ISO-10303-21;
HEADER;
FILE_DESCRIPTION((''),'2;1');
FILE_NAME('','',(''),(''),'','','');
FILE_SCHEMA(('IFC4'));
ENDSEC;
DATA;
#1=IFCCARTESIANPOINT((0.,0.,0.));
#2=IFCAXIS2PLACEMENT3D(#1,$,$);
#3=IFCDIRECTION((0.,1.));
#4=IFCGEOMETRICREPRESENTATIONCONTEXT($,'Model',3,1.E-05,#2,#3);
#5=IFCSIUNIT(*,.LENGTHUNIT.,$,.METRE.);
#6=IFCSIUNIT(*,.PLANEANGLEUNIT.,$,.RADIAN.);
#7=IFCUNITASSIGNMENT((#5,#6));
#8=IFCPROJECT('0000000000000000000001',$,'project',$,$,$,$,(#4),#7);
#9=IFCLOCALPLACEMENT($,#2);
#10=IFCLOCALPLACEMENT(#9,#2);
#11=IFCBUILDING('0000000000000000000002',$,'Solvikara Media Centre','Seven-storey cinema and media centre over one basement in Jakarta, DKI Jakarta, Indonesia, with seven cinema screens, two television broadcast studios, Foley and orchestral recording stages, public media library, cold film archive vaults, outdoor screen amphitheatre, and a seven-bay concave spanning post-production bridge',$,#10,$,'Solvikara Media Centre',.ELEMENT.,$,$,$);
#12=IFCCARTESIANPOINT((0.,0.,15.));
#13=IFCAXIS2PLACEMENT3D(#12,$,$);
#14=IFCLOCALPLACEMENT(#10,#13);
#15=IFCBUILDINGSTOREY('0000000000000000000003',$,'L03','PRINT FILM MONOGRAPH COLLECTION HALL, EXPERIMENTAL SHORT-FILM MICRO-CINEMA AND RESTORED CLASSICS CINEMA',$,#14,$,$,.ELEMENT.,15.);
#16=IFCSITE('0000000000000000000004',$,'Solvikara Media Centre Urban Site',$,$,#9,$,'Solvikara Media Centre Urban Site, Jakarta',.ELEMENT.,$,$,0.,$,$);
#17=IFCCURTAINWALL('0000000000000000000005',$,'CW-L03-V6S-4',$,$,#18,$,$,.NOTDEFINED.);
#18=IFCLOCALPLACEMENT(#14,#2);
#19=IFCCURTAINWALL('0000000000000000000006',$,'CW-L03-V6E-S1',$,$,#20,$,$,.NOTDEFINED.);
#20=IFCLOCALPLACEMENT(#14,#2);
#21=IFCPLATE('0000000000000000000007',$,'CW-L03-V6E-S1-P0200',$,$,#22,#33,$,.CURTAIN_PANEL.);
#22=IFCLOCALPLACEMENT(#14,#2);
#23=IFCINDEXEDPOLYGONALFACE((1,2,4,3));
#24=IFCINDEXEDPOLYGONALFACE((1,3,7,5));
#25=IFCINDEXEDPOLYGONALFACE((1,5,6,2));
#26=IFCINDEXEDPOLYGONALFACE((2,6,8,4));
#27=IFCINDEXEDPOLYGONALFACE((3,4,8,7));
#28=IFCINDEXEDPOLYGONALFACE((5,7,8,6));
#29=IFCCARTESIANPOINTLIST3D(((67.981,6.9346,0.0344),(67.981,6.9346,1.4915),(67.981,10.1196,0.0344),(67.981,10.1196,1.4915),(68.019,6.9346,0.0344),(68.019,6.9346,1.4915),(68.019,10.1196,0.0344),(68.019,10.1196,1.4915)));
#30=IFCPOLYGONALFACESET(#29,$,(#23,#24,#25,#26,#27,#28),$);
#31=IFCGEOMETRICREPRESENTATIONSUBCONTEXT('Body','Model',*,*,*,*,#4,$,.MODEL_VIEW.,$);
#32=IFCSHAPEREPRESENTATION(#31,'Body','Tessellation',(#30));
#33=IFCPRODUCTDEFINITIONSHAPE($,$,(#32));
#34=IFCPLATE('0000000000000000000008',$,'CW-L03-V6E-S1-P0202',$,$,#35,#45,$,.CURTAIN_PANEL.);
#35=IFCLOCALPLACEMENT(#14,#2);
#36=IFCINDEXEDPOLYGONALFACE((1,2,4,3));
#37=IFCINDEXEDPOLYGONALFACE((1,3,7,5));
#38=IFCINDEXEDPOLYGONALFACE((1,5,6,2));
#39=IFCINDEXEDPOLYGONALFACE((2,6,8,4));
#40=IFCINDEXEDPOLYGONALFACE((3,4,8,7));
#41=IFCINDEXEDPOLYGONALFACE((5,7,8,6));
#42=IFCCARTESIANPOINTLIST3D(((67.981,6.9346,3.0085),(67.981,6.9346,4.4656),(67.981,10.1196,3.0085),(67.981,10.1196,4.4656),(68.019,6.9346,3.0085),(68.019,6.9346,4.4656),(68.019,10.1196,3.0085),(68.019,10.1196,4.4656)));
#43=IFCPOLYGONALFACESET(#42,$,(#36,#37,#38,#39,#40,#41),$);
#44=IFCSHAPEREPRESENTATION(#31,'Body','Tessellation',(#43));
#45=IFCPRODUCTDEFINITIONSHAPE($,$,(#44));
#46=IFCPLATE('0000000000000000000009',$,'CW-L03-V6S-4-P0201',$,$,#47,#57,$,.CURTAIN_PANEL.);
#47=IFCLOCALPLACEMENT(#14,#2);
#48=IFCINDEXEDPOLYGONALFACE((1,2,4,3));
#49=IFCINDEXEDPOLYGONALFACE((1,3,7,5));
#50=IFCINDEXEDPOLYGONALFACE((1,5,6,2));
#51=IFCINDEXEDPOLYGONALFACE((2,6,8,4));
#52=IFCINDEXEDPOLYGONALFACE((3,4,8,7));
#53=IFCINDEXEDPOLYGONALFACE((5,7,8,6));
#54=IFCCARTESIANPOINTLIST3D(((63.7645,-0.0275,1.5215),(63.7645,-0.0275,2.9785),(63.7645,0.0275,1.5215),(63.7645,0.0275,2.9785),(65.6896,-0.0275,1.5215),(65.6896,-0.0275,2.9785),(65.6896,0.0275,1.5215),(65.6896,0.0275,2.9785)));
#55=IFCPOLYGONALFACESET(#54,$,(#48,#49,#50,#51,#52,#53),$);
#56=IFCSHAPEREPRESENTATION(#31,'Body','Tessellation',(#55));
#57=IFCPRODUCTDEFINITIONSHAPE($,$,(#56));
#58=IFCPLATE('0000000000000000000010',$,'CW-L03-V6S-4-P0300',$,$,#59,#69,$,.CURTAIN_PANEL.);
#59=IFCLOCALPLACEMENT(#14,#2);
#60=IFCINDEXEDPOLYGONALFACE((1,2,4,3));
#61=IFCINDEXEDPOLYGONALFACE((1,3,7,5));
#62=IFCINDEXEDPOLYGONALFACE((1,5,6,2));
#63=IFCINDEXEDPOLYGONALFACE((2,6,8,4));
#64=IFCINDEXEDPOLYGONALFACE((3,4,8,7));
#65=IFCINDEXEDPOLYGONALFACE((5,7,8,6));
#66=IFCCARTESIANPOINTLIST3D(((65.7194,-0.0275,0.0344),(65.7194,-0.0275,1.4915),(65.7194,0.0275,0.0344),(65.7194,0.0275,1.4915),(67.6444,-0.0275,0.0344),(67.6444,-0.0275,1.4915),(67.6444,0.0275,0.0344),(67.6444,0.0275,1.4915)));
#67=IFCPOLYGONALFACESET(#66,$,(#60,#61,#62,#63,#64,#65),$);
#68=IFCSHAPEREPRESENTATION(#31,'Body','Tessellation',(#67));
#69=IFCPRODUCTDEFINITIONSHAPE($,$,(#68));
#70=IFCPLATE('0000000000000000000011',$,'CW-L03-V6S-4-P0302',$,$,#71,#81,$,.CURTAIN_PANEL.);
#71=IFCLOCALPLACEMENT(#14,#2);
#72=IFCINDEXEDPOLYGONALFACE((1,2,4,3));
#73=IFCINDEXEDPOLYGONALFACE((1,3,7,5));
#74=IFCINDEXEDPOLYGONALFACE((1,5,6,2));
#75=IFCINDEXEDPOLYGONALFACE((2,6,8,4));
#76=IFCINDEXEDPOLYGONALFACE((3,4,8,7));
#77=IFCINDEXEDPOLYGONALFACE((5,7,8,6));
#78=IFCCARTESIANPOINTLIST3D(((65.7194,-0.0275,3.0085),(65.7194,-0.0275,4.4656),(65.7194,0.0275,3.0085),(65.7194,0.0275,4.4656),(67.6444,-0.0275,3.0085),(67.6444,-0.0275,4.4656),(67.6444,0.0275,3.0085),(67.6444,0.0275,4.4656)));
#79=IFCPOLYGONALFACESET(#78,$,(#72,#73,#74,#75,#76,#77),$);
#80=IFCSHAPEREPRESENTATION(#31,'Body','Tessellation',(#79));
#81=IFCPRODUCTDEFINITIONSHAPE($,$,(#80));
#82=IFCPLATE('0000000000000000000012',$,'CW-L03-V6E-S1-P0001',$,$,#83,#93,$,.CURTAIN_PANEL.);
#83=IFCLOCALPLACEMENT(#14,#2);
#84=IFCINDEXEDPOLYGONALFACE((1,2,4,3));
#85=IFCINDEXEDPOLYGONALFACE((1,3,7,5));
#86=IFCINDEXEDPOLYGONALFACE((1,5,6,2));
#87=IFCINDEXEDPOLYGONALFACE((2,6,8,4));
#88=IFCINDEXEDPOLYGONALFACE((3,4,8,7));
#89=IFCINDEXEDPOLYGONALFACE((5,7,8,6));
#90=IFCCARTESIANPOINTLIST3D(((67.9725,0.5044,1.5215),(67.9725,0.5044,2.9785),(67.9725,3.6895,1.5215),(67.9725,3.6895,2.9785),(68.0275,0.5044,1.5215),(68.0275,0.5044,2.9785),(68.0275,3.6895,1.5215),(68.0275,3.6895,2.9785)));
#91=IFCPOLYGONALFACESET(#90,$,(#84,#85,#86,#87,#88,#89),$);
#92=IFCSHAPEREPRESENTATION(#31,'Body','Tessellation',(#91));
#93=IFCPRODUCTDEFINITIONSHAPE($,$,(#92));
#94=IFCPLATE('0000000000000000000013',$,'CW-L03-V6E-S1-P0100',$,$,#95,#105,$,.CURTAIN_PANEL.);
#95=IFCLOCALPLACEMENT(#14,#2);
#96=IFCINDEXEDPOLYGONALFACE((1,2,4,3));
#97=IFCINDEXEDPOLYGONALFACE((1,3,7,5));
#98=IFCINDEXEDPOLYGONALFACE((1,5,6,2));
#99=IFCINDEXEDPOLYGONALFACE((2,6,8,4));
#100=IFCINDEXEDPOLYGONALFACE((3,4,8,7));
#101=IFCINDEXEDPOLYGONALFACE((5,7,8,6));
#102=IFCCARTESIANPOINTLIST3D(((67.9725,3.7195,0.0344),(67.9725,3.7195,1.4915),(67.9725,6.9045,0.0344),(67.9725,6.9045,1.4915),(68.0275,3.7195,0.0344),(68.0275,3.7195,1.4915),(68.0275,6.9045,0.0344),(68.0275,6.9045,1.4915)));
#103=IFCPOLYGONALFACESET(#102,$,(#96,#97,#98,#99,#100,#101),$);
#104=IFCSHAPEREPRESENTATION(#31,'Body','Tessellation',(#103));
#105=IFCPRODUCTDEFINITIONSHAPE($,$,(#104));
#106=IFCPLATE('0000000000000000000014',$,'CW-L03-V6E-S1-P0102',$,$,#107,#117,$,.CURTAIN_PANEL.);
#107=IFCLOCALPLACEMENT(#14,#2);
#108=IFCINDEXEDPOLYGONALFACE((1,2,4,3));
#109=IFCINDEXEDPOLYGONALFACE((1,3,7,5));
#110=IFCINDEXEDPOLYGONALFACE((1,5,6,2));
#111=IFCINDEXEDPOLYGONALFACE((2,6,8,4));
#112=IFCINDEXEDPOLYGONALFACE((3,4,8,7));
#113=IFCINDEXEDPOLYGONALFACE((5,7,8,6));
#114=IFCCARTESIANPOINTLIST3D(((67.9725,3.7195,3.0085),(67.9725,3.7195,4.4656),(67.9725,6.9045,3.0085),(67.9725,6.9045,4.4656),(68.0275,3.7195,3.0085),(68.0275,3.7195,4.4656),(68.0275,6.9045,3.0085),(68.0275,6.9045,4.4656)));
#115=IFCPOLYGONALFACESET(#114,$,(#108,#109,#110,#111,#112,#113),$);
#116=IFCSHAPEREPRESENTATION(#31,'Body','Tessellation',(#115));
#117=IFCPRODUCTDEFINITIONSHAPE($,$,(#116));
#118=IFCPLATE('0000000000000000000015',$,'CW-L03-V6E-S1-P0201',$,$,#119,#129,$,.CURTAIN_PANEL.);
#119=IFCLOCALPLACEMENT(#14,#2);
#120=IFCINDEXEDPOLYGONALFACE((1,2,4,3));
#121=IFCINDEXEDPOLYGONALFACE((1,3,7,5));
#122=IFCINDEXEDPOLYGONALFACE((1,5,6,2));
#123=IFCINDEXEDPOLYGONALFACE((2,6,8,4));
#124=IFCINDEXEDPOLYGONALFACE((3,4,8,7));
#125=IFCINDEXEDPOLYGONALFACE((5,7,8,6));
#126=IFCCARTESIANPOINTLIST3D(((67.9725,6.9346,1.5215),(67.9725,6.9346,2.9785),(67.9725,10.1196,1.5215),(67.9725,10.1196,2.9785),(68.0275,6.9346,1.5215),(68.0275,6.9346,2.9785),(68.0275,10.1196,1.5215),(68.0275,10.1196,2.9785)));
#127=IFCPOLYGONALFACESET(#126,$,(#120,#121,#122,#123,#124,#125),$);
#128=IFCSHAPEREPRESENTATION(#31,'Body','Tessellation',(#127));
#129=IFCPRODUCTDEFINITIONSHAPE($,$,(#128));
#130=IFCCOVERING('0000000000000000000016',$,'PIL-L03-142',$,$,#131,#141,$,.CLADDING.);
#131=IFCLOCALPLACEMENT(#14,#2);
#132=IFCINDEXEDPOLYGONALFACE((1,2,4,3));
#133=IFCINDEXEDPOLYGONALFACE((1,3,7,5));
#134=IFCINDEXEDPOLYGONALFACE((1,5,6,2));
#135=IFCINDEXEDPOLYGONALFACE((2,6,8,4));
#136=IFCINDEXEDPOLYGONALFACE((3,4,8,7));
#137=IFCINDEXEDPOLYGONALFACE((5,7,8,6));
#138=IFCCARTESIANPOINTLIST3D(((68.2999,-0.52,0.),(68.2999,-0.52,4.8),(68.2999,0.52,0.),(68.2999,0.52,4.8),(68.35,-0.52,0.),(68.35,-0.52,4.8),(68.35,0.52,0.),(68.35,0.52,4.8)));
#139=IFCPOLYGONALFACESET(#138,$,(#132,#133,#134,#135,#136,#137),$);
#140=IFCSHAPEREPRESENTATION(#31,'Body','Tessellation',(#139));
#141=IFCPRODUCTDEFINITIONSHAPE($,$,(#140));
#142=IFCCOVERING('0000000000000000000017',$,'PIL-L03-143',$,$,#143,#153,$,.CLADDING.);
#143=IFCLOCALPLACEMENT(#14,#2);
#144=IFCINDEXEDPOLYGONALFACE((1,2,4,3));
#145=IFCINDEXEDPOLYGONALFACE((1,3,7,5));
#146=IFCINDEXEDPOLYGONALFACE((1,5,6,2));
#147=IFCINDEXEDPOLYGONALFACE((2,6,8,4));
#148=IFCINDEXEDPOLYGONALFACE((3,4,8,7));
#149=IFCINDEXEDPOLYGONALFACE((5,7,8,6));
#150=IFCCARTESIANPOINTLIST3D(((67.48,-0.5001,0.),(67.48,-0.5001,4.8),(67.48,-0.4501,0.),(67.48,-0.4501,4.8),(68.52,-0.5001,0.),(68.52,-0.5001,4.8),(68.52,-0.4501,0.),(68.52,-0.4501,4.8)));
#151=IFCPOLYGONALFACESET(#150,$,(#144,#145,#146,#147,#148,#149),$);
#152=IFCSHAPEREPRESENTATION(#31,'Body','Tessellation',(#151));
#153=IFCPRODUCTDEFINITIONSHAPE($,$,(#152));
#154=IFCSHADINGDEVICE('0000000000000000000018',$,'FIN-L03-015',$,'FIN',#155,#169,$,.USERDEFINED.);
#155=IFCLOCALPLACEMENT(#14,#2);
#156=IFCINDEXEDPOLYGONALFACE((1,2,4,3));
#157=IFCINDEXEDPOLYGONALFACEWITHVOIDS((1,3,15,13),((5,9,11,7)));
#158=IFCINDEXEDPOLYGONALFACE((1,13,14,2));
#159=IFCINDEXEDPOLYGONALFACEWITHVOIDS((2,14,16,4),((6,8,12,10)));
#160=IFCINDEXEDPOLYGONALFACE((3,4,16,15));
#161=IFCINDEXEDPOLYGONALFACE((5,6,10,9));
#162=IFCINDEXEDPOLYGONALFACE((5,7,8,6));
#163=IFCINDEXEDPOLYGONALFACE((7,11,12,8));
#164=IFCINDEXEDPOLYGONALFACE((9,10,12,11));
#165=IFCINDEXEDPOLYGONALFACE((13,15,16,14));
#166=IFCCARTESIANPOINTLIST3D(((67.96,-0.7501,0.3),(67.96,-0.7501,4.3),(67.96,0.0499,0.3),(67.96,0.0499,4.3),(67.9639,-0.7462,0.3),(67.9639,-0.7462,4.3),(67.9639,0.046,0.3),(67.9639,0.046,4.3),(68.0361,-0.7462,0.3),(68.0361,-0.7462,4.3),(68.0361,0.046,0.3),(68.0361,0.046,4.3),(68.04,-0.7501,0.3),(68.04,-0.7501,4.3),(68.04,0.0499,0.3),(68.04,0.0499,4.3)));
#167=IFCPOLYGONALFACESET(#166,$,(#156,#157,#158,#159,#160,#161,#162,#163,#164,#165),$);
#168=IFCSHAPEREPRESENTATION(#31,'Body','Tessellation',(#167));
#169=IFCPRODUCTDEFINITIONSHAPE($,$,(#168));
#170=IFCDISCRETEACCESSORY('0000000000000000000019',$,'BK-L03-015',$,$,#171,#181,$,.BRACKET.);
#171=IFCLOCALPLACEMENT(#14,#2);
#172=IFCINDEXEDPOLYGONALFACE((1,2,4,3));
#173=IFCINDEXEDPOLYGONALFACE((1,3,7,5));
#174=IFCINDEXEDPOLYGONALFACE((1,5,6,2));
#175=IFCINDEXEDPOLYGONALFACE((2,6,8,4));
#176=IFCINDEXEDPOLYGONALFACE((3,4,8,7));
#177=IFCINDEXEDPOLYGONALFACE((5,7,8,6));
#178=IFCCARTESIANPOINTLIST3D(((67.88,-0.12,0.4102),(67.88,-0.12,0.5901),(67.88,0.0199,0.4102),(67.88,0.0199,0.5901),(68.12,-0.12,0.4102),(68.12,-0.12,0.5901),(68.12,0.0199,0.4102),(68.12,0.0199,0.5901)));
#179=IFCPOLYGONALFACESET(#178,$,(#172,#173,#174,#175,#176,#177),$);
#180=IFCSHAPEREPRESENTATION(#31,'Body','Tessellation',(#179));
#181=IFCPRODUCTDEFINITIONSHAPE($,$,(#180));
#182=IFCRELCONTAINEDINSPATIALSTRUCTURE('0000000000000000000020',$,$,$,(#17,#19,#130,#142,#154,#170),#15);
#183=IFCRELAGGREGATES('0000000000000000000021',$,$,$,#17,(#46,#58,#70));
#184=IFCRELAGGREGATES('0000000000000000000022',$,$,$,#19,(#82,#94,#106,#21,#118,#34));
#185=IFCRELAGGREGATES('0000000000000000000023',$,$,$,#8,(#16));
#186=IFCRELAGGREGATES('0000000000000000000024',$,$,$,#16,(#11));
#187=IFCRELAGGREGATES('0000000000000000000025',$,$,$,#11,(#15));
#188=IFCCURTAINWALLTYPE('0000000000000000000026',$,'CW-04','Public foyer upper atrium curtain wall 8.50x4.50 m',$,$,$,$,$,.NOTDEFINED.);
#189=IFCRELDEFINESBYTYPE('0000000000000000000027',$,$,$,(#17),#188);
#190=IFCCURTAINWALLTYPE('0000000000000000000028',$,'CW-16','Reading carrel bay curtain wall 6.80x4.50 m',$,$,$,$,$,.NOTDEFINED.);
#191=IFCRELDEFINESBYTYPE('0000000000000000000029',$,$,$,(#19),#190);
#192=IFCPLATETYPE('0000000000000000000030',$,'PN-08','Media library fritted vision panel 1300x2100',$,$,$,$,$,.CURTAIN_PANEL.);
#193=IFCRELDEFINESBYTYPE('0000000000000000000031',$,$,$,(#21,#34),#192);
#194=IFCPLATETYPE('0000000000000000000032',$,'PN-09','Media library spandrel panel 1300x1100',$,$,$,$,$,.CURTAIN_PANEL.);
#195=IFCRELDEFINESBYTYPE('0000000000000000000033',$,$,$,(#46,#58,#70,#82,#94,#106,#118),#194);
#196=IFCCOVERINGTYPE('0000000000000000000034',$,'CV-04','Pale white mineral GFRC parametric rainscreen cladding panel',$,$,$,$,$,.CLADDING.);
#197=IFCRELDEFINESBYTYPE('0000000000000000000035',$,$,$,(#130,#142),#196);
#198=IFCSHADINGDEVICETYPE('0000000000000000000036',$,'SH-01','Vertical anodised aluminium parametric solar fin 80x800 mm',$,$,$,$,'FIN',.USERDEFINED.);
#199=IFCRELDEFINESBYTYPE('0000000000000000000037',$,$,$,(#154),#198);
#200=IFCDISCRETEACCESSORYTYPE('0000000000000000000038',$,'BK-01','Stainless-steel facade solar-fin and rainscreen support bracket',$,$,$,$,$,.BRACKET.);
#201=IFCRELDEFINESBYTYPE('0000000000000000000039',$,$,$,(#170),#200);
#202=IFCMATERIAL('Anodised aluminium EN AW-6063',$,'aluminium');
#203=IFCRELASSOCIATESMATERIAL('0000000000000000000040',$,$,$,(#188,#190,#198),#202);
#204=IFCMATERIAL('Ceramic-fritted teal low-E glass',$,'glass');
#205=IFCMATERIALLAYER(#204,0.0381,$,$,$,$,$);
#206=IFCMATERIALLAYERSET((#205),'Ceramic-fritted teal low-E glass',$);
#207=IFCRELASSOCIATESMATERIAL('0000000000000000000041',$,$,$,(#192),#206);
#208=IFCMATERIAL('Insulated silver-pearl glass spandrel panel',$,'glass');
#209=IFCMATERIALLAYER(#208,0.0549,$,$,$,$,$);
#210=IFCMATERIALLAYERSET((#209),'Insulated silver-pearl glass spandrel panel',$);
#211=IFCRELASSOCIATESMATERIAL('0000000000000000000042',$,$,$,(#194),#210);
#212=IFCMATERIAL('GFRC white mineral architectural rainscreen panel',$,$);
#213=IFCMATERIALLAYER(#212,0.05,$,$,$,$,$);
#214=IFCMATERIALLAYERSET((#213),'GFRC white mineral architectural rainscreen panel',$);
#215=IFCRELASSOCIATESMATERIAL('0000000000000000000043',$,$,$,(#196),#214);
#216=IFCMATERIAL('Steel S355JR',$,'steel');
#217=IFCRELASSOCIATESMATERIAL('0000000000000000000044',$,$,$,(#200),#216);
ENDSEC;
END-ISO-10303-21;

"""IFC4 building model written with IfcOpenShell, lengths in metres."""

from ifc_helpers import new_model, si_unit, direction, frame, origin, origin_2d, place, context, subcontext, project, spatial, rectangle, hollow_rectangle, extrude, material, layer, layer_set, material_profile, profile_set, type_object, element, aggregate, save


model = new_model("IFC4")

# Units and contexts
model_context = context("Model", 3, precision=1e-05, world=origin(), true_north=direction((0.0, 1.0)))
body_context = subcontext(model_context, "Body", "Model", "MODEL_VIEW")
ifc_project = project(units=[si_unit("LENGTHUNIT", "METRE"), si_unit("PLANEANGLEUNIT", "RADIAN")], contexts=[model_context])

# Site, building, storey
site_placement = place(None, origin())
site = spatial("IfcSite", under=ifc_project, at=site_placement, Name="Solvikara Media Centre Urban Site", LongName="Solvikara Media Centre Urban Site, Jakarta", CompositionType="ELEMENT", RefElevation=0.0)
building_placement = place(site_placement, origin())
building = spatial("IfcBuilding", under=site, at=building_placement, Name="Solvikara Media Centre", Description="Seven-storey cinema and media centre over one basement in Jakarta, DKI Jakarta, Indonesia, with seven cinema screens, two television broadcast studios, Foley and orchestral recording stages, public media library, cold film archive vaults, outdoor screen amphitheatre, and a seven-bay concave spanning post-production bridge", LongName="Solvikara Media Centre", CompositionType="ELEMENT")
storey_placement = place(building_placement, frame((0.0, 0.0, 15.0)))
storey = spatial("IfcBuildingStorey", under=building, at=storey_placement, Name="L03", Description="PRINT FILM MONOGRAPH COLLECTION HALL, EXPERIMENTAL SHORT-FILM MICRO-CINEMA AND RESTORED CLASSICS CINEMA", CompositionType="ELEMENT", Elevation=15.0)

# Shared definitions
ifc_material_1 = material(Name="Steel S355JR", Category="steel")

# Curtain walls
ifc_material_2 = material(Name="Anodised aluminium EN AW-6063", Category="aluminium")
curtain_wall_type_1 = type_object("IfcCurtainWallType", Name="CW-04", Description="Public foyer upper atrium curtain wall 8.50x4.50 m", PredefinedType="NOTDEFINED", material=ifc_material_2)
curtain_wall_1_placement = place(storey_placement, origin())
curtain_wall_1 = element("IfcCurtainWall", 1, at=curtain_wall_1_placement, inside=storey, type_object=curtain_wall_type_1, Name="CW-L03-V6S-4", PredefinedType="NOTDEFINED")
curtain_wall_type_2 = type_object("IfcCurtainWallType", Name="CW-16", Description="Reading carrel bay curtain wall 6.80x4.50 m", PredefinedType="NOTDEFINED", material=ifc_material_2)
curtain_wall_2_placement = place(storey_placement, origin())
curtain_wall_2 = element("IfcCurtainWall", 2, at=curtain_wall_2_placement, inside=storey, type_object=curtain_wall_type_2, Name="CW-L03-V6E-S1", PredefinedType="NOTDEFINED")

# Plates
ifc_material_3 = material(Name="Ceramic-fritted teal low-E glass", Category="glass")
ifc_layer_1 = layer(ifc_material_3, 0.0381)
ifc_layer_set_1 = layer_set([ifc_layer_1], Name="Ceramic-fritted teal low-E glass")
plate_type_1 = type_object("IfcPlateType", Name="PN-08", Description="Media library fritted vision panel 1300x2100", PredefinedType="CURTAIN_PANEL", material=ifc_layer_set_1)
plate_1_placement = place(storey_placement, frame((68.0, 8.5271, 0.0344), z_axis=(0.0, 0.0, 1.0), x_axis=(0.0, 1.0, 0.0)))
plate_1 = element("IfcPlate", 3, at=plate_1_placement, type_object=plate_type_1, Name="CW-L03-V6E-S1-P0200", PredefinedType="CURTAIN_PANEL", context=body_context, shape_type="SweptSolid", body=[
    extrude(rectangle(XDim=3.1851, YDim=0.0381, at=origin_2d()), origin(), (0.0, 0.0, 1.0), 1.457),
])
plate_2_placement = place(storey_placement, frame((68.0, 8.5271, 3.0085), z_axis=(0.0, 0.0, 1.0), x_axis=(0.0, 1.0, 0.0)))
plate_2 = element("IfcPlate", 4, at=plate_2_placement, type_object=plate_type_1, Name="CW-L03-V6E-S1-P0202", PredefinedType="CURTAIN_PANEL", context=body_context, shape_type="SweptSolid", body=[
    extrude(rectangle(XDim=3.1851, YDim=0.0381, at=origin_2d()), origin(), (0.0, 0.0, 1.0), 1.457),
])
ifc_material_4 = material(Name="Insulated silver-pearl glass spandrel panel", Category="glass")
ifc_layer_2 = layer(ifc_material_4, 0.0549)
ifc_layer_set_2 = layer_set([ifc_layer_2], Name="Insulated silver-pearl glass spandrel panel")
plate_type_2 = type_object("IfcPlateType", Name="PN-09", Description="Media library spandrel panel 1300x1100", PredefinedType="CURTAIN_PANEL", material=ifc_layer_set_2)
plate_3_placement = place(storey_placement, frame((64.7271, 0.0, 1.5215), z_axis=(0.0, 0.0, 1.0), x_axis=(1.0, 0.0, 0.0)))
plate_3 = element("IfcPlate", 5, at=plate_3_placement, type_object=plate_type_2, Name="CW-L03-V6S-4-P0201", PredefinedType="CURTAIN_PANEL", context=body_context, shape_type="SweptSolid", body=[
    extrude(rectangle(XDim=1.925, YDim=0.0549, at=origin_2d()), origin(), (0.0, 0.0, 1.0), 1.457),
])
plate_4_placement = place(storey_placement, frame((66.6819, 0.0, 0.0344), z_axis=(0.0, 0.0, 1.0), x_axis=(1.0, 0.0, 0.0)))
plate_4 = element("IfcPlate", 6, at=plate_4_placement, type_object=plate_type_2, Name="CW-L03-V6S-4-P0300", PredefinedType="CURTAIN_PANEL", context=body_context, shape_type="SweptSolid", body=[
    extrude(rectangle(XDim=1.925, YDim=0.0549, at=origin_2d()), origin(), (0.0, 0.0, 1.0), 1.457),
])
plate_5_placement = place(storey_placement, frame((66.6819, 0.0, 3.0085), z_axis=(0.0, 0.0, 1.0), x_axis=(1.0, 0.0, 0.0)))
plate_5 = element("IfcPlate", 7, at=plate_5_placement, type_object=plate_type_2, Name="CW-L03-V6S-4-P0302", PredefinedType="CURTAIN_PANEL", context=body_context, shape_type="SweptSolid", body=[
    extrude(rectangle(XDim=1.925, YDim=0.0549, at=origin_2d()), origin(), (0.0, 0.0, 1.0), 1.457),
])
aggregate(curtain_wall_1, [plate_3, plate_4, plate_5])
plate_6_placement = place(storey_placement, frame((68.0, 2.0969, 1.5215), z_axis=(0.0, 0.0, 1.0), x_axis=(0.0, 1.0, 0.0)))
plate_6 = element("IfcPlate", 8, at=plate_6_placement, type_object=plate_type_2, Name="CW-L03-V6E-S1-P0001", PredefinedType="CURTAIN_PANEL", context=body_context, shape_type="SweptSolid", body=[
    extrude(rectangle(XDim=3.1851, YDim=0.0549, at=origin_2d()), origin(), (0.0, 0.0, 1.0), 1.457),
])
plate_7_placement = place(storey_placement, frame((68.0, 5.312, 0.0344), z_axis=(0.0, 0.0, 1.0), x_axis=(0.0, 1.0, 0.0)))
plate_7 = element("IfcPlate", 9, at=plate_7_placement, type_object=plate_type_2, Name="CW-L03-V6E-S1-P0100", PredefinedType="CURTAIN_PANEL", context=body_context, shape_type="SweptSolid", body=[
    extrude(rectangle(XDim=3.1851, YDim=0.0549, at=origin_2d()), origin(), (0.0, 0.0, 1.0), 1.457),
])
plate_8_placement = place(storey_placement, frame((68.0, 5.312, 3.0085), z_axis=(0.0, 0.0, 1.0), x_axis=(0.0, 1.0, 0.0)))
plate_8 = element("IfcPlate", 10, at=plate_8_placement, type_object=plate_type_2, Name="CW-L03-V6E-S1-P0102", PredefinedType="CURTAIN_PANEL", context=body_context, shape_type="SweptSolid", body=[
    extrude(rectangle(XDim=3.1851, YDim=0.0549, at=origin_2d()), origin(), (0.0, 0.0, 1.0), 1.457),
])
plate_9_placement = place(storey_placement, frame((68.0, 8.5271, 1.5215), z_axis=(0.0, 0.0, 1.0), x_axis=(0.0, 1.0, 0.0)))
plate_9 = element("IfcPlate", 11, at=plate_9_placement, type_object=plate_type_2, Name="CW-L03-V6E-S1-P0201", PredefinedType="CURTAIN_PANEL", context=body_context, shape_type="SweptSolid", body=[
    extrude(rectangle(XDim=3.1851, YDim=0.0549, at=origin_2d()), origin(), (0.0, 0.0, 1.0), 1.457),
])
aggregate(curtain_wall_2, [plate_6, plate_7, plate_8, plate_1, plate_9, plate_2])

# Coverings
ifc_material_5 = material(Name="GFRC white mineral architectural rainscreen panel")
ifc_layer_3 = layer(ifc_material_5, 0.05)
ifc_layer_set_3 = layer_set([ifc_layer_3], Name="GFRC white mineral architectural rainscreen panel")
covering_type = type_object("IfcCoveringType", Name="CV-04", Description="Pale white mineral GFRC parametric rainscreen cladding panel", PredefinedType="CLADDING", material=ifc_layer_set_3)
for number, where, z_axis, x_axis, name in (
    (12, (68.325, 0.0, 0.0), (0.0, 0.0, 1.0), (0.0, 1.0, 0.0), "PIL-L03-142"),
    (13, (68.0, -0.4751, 0.0), (0.0, 0.0, 1.0), (1.0, 0.0, 0.0), "PIL-L03-143"),
):
    element("IfcCovering", number, at=place(storey_placement, frame(where, z_axis=z_axis, x_axis=x_axis)), inside=storey, type_object=covering_type, Name=name, PredefinedType="CLADDING", context=body_context, shape_type="SweptSolid", body=[
        extrude(rectangle(XDim=1.04, YDim=0.05, at=origin_2d()), origin(), (0.0, 0.0, 1.0), 4.8),
    ])

# Shading device
ifc_material_profile_1 = material_profile(ifc_material_2, hollow_rectangle(XDim=0.0801, YDim=0.8, WallThickness=0.0039, at=origin_2d()), Name="ALU-FIN 80x800x4")
ifc_profile_set_1 = profile_set([ifc_material_profile_1], Name="Anodised aluminium EN AW-6063")
shading_device_type = type_object("IfcShadingDeviceType", Name="SH-01", Description="Vertical anodised aluminium parametric solar fin 80x800 mm", ElementType="FIN", PredefinedType="USERDEFINED", material=ifc_profile_set_1)
shading_device_placement = place(storey_placement, frame((68.0, -0.3501, 0.3), z_axis=(0.0, 0.0, 1.0), x_axis=(1.0, 0.0, 0.0)))
element("IfcShadingDevice", 14, at=shading_device_placement, inside=storey, type_object=shading_device_type, Name="FIN-L03-015", ObjectType="FIN", PredefinedType="USERDEFINED", context=body_context, shape_type="SweptSolid", body=[
    extrude(hollow_rectangle(XDim=0.0801, YDim=0.8, WallThickness=0.0039, at=origin_2d()), origin(), (0.0, 0.0, 1.0), 4.0),
])

# Discrete accessory
discrete_accessory_type = type_object("IfcDiscreteAccessoryType", Name="BK-01", Description="Stainless-steel facade solar-fin and rainscreen support bracket", PredefinedType="BRACKET", material=ifc_material_1)
discrete_accessory_placement = place(storey_placement, frame((68.0, -0.05, 0.4102), z_axis=(0.0, 0.0, 1.0), x_axis=(1.0, 0.0, 0.0)))
element("IfcDiscreteAccessory", 15, at=discrete_accessory_placement, inside=storey, type_object=discrete_accessory_type, Name="BK-L03-015", PredefinedType="BRACKET", context=body_context, shape_type="SweptSolid", body=[
    extrude(rectangle(XDim=0.24, YDim=0.1399, at=origin_2d()), origin(), (0.0, 0.0, 1.0), 0.1799),
])

save(model, "model.ifc")
